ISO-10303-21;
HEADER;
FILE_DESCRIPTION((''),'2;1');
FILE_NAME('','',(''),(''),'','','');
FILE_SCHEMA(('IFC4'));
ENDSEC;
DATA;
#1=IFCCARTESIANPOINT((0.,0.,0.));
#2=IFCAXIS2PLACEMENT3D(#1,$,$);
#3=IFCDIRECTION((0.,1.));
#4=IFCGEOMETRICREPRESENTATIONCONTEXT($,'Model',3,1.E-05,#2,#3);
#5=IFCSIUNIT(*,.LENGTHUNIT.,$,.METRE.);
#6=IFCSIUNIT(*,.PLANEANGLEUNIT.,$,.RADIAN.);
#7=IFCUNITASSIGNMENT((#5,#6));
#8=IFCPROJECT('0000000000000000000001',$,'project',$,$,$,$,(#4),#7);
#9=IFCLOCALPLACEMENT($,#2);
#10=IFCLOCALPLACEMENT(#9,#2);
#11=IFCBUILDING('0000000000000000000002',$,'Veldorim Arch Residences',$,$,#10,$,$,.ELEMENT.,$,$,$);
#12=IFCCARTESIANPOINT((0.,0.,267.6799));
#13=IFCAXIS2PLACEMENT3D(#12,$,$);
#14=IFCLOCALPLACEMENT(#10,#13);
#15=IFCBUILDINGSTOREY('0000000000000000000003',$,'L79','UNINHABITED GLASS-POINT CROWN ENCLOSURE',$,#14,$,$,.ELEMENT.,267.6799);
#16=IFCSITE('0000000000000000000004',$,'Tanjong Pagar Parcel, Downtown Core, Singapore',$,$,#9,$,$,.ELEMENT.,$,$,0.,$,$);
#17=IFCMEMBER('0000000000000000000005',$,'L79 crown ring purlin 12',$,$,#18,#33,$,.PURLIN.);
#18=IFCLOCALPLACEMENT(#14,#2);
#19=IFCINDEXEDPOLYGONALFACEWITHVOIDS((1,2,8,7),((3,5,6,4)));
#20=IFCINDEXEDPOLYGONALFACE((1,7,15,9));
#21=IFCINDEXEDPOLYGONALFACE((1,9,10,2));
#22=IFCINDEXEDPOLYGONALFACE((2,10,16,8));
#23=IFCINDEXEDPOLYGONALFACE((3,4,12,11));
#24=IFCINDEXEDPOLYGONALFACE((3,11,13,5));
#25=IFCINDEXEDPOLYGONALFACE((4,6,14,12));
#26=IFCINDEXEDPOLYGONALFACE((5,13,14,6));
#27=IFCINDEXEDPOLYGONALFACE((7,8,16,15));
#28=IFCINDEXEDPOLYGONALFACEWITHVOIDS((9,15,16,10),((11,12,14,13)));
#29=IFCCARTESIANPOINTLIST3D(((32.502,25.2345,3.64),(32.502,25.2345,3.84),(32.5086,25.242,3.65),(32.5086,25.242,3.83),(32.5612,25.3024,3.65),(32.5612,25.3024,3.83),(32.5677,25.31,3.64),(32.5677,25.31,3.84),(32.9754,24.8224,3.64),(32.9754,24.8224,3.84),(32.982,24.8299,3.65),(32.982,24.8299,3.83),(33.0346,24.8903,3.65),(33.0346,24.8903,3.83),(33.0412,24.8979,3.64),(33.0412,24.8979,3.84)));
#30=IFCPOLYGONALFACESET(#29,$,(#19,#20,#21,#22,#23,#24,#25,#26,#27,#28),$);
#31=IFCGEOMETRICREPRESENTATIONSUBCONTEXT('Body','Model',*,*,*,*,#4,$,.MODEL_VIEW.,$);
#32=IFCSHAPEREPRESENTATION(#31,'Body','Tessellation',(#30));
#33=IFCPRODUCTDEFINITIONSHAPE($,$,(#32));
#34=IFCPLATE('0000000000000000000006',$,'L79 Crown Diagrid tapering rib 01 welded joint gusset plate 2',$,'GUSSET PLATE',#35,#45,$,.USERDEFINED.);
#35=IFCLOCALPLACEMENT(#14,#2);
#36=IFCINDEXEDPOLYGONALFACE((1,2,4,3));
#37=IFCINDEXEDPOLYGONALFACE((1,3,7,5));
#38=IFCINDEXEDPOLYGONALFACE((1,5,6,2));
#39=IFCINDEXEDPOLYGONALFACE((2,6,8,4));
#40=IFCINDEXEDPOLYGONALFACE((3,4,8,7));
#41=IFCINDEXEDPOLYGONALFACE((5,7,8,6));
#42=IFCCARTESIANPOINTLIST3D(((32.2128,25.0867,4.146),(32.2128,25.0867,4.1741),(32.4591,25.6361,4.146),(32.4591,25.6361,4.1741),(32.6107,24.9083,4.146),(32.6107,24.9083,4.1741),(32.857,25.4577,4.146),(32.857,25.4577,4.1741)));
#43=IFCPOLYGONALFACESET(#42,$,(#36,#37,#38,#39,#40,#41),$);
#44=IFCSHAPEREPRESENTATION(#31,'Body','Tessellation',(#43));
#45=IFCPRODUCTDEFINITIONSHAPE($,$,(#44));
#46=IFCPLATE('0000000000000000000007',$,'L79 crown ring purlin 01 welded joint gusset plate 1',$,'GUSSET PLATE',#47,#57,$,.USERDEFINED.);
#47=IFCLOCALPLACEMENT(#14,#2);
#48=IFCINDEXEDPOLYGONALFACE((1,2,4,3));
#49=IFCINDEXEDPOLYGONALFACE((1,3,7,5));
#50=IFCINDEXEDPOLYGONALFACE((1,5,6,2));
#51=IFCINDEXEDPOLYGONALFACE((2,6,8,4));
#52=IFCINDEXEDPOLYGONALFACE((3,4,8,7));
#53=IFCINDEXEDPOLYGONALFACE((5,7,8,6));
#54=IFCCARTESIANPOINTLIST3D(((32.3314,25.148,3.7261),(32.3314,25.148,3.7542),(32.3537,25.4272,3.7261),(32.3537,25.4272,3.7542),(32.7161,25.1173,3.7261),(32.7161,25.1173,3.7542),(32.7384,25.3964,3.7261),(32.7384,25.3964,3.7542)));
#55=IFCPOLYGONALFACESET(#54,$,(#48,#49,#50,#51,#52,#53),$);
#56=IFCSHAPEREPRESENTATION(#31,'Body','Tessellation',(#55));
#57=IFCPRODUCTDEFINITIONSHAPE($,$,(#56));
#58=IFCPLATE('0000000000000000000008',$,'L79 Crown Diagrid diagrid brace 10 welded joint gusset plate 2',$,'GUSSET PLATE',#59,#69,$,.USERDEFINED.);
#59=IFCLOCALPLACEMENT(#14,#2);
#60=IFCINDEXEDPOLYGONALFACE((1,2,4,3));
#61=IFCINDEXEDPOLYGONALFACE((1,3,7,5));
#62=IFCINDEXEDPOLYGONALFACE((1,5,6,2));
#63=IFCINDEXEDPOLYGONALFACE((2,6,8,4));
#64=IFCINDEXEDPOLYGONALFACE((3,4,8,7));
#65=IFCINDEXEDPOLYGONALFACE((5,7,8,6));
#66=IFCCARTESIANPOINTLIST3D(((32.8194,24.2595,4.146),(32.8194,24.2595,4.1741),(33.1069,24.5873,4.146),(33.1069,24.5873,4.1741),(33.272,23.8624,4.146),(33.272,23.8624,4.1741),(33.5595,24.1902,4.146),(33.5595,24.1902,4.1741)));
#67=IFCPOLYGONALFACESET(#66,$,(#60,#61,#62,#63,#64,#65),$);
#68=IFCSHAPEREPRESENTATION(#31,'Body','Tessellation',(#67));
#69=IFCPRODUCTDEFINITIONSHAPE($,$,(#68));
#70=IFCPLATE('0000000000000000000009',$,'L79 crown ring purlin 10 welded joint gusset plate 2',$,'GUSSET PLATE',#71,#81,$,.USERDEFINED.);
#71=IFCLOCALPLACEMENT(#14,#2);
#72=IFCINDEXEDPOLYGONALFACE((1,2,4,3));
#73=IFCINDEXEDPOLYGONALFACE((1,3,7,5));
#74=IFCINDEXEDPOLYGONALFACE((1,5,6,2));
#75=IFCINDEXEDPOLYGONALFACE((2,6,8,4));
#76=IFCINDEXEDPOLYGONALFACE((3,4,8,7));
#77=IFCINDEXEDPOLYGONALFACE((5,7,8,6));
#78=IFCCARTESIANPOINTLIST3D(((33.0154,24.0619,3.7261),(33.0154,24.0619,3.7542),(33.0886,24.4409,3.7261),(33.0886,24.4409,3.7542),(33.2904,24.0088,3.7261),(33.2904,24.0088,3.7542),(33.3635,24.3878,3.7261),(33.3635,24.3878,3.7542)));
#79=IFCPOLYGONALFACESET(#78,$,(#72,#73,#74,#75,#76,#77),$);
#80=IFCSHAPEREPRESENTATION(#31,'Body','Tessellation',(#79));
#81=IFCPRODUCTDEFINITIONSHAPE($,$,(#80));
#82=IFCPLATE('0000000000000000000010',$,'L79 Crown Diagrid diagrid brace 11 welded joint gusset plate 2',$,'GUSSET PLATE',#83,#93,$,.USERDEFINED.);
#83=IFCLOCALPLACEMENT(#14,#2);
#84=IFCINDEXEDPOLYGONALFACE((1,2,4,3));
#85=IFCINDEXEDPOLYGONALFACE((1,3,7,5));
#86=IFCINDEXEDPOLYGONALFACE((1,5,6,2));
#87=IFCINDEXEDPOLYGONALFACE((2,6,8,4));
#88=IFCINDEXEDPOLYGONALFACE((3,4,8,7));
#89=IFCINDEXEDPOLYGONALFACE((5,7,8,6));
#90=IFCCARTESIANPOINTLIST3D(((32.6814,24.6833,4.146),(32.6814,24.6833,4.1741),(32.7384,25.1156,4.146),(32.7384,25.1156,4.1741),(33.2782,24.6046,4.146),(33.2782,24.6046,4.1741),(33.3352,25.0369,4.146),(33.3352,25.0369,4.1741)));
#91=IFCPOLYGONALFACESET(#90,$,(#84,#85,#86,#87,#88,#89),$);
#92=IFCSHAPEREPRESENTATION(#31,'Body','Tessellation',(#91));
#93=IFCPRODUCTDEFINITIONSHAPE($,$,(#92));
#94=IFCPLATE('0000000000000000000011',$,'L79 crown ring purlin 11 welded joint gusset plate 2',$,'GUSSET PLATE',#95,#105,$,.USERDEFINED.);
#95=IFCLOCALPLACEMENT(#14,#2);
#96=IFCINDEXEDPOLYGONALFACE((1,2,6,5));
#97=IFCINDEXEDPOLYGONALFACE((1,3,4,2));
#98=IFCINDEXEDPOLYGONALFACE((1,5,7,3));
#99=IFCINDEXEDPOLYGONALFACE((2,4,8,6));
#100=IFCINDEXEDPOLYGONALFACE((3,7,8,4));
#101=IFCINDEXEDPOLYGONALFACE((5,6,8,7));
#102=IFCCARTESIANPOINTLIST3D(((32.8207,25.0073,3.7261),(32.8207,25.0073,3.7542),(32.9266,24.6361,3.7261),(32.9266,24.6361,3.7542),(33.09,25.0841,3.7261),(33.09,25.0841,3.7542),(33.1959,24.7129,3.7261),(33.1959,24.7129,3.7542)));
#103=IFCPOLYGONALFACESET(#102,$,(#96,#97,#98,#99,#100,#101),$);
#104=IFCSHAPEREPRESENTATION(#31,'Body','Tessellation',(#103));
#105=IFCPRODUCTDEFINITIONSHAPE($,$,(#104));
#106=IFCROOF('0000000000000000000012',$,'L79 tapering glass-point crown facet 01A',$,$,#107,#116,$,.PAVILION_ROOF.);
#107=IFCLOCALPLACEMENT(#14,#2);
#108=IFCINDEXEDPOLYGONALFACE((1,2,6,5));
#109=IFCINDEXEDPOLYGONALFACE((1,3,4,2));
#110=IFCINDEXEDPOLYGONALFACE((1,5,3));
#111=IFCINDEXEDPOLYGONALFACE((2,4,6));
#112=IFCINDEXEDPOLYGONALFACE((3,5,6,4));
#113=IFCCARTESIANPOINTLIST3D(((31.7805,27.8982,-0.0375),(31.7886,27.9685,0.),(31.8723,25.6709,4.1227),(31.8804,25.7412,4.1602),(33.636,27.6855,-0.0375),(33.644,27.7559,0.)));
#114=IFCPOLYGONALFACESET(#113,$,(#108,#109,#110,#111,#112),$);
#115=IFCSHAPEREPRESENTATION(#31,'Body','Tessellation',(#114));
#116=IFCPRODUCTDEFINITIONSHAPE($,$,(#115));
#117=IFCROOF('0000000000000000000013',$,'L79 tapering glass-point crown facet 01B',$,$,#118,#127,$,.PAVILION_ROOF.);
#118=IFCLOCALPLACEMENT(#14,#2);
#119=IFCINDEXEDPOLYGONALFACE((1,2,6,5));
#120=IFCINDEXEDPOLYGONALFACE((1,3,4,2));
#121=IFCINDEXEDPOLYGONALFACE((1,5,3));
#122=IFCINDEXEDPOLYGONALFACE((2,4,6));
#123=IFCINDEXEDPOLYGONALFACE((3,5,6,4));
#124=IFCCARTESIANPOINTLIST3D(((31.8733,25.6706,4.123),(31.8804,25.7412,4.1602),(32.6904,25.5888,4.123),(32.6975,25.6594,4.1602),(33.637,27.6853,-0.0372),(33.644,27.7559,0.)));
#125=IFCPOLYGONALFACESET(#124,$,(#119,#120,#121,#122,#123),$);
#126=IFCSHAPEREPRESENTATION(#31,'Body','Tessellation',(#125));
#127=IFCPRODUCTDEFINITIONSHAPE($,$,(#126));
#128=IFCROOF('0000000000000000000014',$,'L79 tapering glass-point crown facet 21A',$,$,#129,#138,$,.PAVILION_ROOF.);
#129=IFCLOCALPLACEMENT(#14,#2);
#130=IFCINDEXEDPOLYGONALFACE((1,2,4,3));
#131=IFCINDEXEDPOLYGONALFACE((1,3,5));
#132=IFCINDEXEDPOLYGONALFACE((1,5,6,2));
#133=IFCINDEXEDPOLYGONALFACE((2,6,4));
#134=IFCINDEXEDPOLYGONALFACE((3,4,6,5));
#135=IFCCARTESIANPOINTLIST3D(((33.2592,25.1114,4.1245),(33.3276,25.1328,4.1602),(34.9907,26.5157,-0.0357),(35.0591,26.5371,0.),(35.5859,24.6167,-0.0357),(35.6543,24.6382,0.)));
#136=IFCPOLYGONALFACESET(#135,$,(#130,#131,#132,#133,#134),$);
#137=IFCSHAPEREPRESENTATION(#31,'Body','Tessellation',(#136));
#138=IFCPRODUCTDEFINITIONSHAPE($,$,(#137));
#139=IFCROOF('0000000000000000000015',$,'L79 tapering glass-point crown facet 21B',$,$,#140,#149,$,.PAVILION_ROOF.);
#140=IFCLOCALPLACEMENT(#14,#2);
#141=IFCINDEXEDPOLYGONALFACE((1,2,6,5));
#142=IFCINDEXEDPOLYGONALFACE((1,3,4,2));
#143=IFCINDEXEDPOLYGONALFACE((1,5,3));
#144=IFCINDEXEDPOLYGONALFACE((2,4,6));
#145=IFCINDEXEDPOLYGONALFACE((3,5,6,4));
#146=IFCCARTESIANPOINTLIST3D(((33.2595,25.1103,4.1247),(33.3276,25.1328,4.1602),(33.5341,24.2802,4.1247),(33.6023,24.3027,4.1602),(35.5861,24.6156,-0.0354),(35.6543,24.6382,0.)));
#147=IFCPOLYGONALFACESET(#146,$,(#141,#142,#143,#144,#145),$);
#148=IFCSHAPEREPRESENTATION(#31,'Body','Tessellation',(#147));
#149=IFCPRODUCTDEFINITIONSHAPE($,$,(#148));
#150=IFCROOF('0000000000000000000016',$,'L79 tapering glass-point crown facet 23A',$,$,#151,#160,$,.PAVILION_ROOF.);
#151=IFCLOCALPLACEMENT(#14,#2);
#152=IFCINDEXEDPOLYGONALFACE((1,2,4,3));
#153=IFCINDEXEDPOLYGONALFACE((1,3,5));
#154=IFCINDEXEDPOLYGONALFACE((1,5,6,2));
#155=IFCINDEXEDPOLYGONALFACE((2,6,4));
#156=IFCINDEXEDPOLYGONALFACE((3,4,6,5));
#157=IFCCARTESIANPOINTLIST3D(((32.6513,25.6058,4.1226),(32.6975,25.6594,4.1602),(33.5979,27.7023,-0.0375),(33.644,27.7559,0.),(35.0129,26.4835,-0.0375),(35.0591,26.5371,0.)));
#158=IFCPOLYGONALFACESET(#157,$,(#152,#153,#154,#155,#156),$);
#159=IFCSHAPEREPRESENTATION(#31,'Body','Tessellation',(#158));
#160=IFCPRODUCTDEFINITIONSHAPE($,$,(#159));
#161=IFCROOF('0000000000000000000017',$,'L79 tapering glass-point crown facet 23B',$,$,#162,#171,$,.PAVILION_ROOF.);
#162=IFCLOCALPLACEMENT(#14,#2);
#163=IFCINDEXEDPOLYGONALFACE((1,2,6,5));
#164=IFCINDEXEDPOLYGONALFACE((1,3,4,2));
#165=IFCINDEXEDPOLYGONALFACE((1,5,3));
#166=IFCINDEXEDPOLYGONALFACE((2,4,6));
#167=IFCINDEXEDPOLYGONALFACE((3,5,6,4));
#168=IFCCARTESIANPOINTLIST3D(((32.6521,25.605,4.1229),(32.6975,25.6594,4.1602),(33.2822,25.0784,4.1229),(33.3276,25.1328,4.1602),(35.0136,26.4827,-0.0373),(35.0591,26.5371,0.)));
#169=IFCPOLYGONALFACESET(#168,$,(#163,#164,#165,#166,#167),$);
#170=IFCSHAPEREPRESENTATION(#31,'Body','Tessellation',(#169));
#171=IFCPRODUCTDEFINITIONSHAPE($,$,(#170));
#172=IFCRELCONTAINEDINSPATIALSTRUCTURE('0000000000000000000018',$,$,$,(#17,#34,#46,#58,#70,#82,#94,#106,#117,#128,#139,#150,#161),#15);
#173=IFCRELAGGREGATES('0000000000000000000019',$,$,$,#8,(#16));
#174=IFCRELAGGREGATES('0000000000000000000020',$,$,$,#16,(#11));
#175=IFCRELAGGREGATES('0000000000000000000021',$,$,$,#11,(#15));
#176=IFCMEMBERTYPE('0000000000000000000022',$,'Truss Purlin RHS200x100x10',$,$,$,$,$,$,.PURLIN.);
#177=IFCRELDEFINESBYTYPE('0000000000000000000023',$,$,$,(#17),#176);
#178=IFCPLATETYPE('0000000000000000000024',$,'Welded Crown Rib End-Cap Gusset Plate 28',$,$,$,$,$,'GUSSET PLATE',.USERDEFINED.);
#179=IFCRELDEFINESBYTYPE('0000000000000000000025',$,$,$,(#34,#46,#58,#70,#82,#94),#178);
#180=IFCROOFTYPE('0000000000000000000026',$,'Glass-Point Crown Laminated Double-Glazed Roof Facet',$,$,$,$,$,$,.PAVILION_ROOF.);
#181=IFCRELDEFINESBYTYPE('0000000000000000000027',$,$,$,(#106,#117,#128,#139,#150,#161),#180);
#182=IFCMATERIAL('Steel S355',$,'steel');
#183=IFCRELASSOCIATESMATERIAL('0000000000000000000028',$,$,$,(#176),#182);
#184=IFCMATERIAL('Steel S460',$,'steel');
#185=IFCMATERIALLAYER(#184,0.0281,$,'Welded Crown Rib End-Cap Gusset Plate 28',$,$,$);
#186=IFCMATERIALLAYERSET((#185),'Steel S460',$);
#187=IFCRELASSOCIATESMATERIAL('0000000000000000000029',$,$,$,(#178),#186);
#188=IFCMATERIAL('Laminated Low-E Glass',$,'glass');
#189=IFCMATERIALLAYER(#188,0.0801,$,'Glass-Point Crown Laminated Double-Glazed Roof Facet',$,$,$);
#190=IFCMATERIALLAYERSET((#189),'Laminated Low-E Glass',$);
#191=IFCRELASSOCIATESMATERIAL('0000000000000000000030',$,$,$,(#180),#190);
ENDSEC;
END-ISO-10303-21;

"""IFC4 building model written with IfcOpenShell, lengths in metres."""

from ifc_helpers import new_model, si_unit, direction, frame, origin, origin_2d, place, context, subcontext, project, spatial, polyline, rectangle, hollow_rectangle, outline, extrude, material, layer, layer_set, material_profile, profile_set, type_object, element, save


model = new_model("IFC4")

# Units and contexts
model_context = context("Model", 3, precision=1e-05, world=origin(), true_north=direction((0.0, 1.0)))
body_context = subcontext(model_context, "Body", "Model", "MODEL_VIEW")
ifc_project = project(units=[si_unit("LENGTHUNIT", "METRE"), si_unit("PLANEANGLEUNIT", "RADIAN")], contexts=[model_context])

# Site, building, storey
site_placement = place(None, origin())
site = spatial("IfcSite", under=ifc_project, at=site_placement, Name="Tanjong Pagar Parcel, Downtown Core, Singapore", CompositionType="ELEMENT", RefElevation=0.0)
building_placement = place(site_placement, origin())
building = spatial("IfcBuilding", under=site, at=building_placement, Name="Veldorim Arch Residences", CompositionType="ELEMENT")
storey_placement = place(building_placement, frame((0.0, 0.0, 267.6799)))
storey = spatial("IfcBuildingStorey", under=building, at=storey_placement, Name="L79", Description="UNINHABITED GLASS-POINT CROWN ENCLOSURE", CompositionType="ELEMENT", Elevation=267.6799)

# Member
ifc_material_1 = material(Name="Steel S355", Category="steel")
ifc_material_profile_1 = material_profile(ifc_material_1, hollow_rectangle(XDim=0.1001, YDim=0.2, WallThickness=0.01, at=origin_2d()), Name="RHS200x100x10")
ifc_profile_set_1 = profile_set([ifc_material_profile_1], Name="Steel S355")
member_type_1 = type_object("IfcMemberType", Name="Truss Purlin RHS200x100x10", PredefinedType="PURLIN", material=ifc_profile_set_1)
member_1_placement = place(storey_placement, frame((33.0083, 24.8601, 3.74), z_axis=(-0.754237, 0.656602, 0.0), x_axis=(-0.656602, -0.754237, 0.0)))
element("IfcMember", 1, at=member_1_placement, inside=storey, type_object=member_type_1, Name="L79 crown ring purlin 12", PredefinedType="PURLIN", context=body_context, shape_type="SweptSolid", body=[
    extrude(hollow_rectangle(XDim=0.1001, YDim=0.2, WallThickness=0.01, at=origin_2d()), origin(), (0.0, 0.0, 1.0), 0.6277),
])

# Plates
ifc_material_2 = material(Name="Steel S460", Category="steel")
ifc_layer_1 = layer(ifc_material_2, 0.0281, Name="Welded Crown Rib End-Cap Gusset Plate 28")
ifc_layer_set_1 = layer_set([ifc_layer_1], Name="Steel S460")
plate_type = type_object("IfcPlateType", Name="Welded Crown Rib End-Cap Gusset Plate 28", ElementType="GUSSET PLATE", PredefinedType="USERDEFINED", material=ifc_layer_set_1)
plate_1_placement = place(storey_placement, frame((32.5349, 25.2722, 4.146), z_axis=(0.0, 0.0, 1.0), x_axis=(-0.409063, -0.912506, 0.0)))
element("IfcPlate", 2, at=plate_1_placement, inside=storey, type_object=plate_type, Name="L79 Crown Diagrid tapering rib 01 welded joint gusset plate 2", ObjectType="GUSSET PLATE", PredefinedType="USERDEFINED", context=body_context, shape_type="SweptSolid", body=[
    extrude(rectangle(XDim=0.6021, YDim=0.436, at=origin_2d()), origin(), (0.0, 0.0, 1.0), 0.0281),
])
plate_2_placement = place(storey_placement, frame((32.5349, 25.2722, 3.7261), z_axis=(0.0, 0.0, 1.0), x_axis=(-0.996821, 0.079677, 0.0)))
element("IfcPlate", 3, at=plate_2_placement, inside=storey, type_object=plate_type, Name="L79 crown ring purlin 01 welded joint gusset plate 1", ObjectType="GUSSET PLATE", PredefinedType="USERDEFINED", context=body_context, shape_type="SweptSolid", body=[
    extrude(rectangle(XDim=0.386, YDim=0.28, at=origin_2d()), origin(), (0.0, 0.0, 1.0), 0.0281),
])
plate_3_placement = place(storey_placement, frame((33.1895, 24.2249, 4.146), z_axis=(0.0, 0.0, 1.0), x_axis=(-0.751736, 0.659464, 0.0)))
element("IfcPlate", 4, at=plate_3_placement, inside=storey, type_object=plate_type, Name="L79 Crown Diagrid diagrid brace 10 welded joint gusset plate 2", ObjectType="GUSSET PLATE", PredefinedType="USERDEFINED", context=body_context, shape_type="SweptSolid", body=[
    extrude(rectangle(XDim=0.6021, YDim=0.436, at=origin_2d()), origin(), (0.0, 0.0, 1.0), 0.0281),
])
plate_4_placement = place(storey_placement, frame((33.1895, 24.2249, 3.7261), z_axis=(0.0, 0.0, 1.0), x_axis=(0.189524, 0.981876, 0.0)))
element("IfcPlate", 5, at=plate_4_placement, inside=storey, type_object=plate_type, Name="L79 crown ring purlin 10 welded joint gusset plate 2", ObjectType="GUSSET PLATE", PredefinedType="USERDEFINED", context=body_context, shape_type="SweptSolid", body=[
    extrude(rectangle(XDim=0.386, YDim=0.28, at=origin_2d()), origin(), (0.0, 0.0, 1.0), 0.0281),
])
plate_5_placement = place(storey_placement, frame((33.0083, 24.8601, 4.146), z_axis=(0.0, 0.0, 1.0), x_axis=(-0.991422, 0.130699, 0.0)))
element("IfcPlate", 6, at=plate_5_placement, inside=storey, type_object=plate_type, Name="L79 Crown Diagrid diagrid brace 11 welded joint gusset plate 2", ObjectType="GUSSET PLATE", PredefinedType="USERDEFINED", context=body_context, shape_type="SweptSolid", body=[
    extrude(rectangle(XDim=0.6021, YDim=0.436, at=origin_2d()), origin(), (0.0, 0.0, 1.0), 0.0281),
])
plate_6_placement = place(storey_placement, frame((33.0083, 24.8601, 3.7261), z_axis=(0.0, 0.0, 1.0), x_axis=(-0.274379, 0.961622, 0.0)))
element("IfcPlate", 7, at=plate_6_placement, inside=storey, type_object=plate_type, Name="L79 crown ring purlin 11 welded joint gusset plate 2", ObjectType="GUSSET PLATE", PredefinedType="USERDEFINED", context=body_context, shape_type="SweptSolid", body=[
    extrude(rectangle(XDim=0.386, YDim=0.28, at=origin_2d()), origin(), (0.0, 0.0, 1.0), 0.0281),
])

# Roofs
ifc_material_3 = material(Name="Laminated Low-E Glass", Category="glass")
ifc_layer_2 = layer(ifc_material_3, 0.0801, Name="Glass-Point Crown Laminated Double-Glazed Roof Facet")
ifc_layer_set_2 = layer_set([ifc_layer_2], Name="Laminated Low-E Glass")
roof_type = type_object("IfcRoofType", Name="Glass-Point Crown Laminated Double-Glazed Roof Facet", PredefinedType="PAVILION_ROOF", material=ifc_layer_set_2)
roof_1_placement = place(storey_placement, frame((33.644, 27.7559, 0.0), z_axis=(0.100629, 0.878047, 0.467875), x_axis=(-0.993497, 0.11386, 0.0)))
element("IfcRoof", 8, at=roof_1_placement, inside=storey, type_object=roof_type, Name="L79 tapering glass-point crown facet 01A", PredefinedType="PAVILION_ROOF", context=body_context, shape_type="SweptSolid", body=[
    extrude(outline(polyline([(0.0, 0.0), (1.8676, 0.0), (1.5228, 4.7072), (0.0, 0.0)])), origin(), (0.0, 0.0, -1.0), 0.0801),
])
roof_2_placement = place(storey_placement, frame((33.644, 27.7559, 0.0), z_axis=(0.088212, 0.881327, 0.464199), x_axis=(-0.356488, -0.407218, 0.840886)))
element("IfcRoof", 9, at=roof_2_placement, inside=storey, type_object=roof_type, Name="L79 tapering glass-point crown facet 01B", PredefinedType="PAVILION_ROOF", context=body_context, shape_type="SweptSolid", body=[
    extrude(outline(polyline([(0.0, 0.0), (4.9473, 0.0), (4.6894, 0.7796), (0.0, 0.0)])), origin(), (0.0, 0.0, -1.0), 0.0801),
])
roof_3_placement = place(storey_placement, frame((35.6543, 24.6382, 0.0), z_axis=(0.854128, 0.267725, 0.445858), x_axis=(-0.299099, 0.954222, 0.0)))
element("IfcRoof", 10, at=roof_3_placement, inside=storey, type_object=roof_type, Name="L79 tapering glass-point crown facet 21A", PredefinedType="PAVILION_ROOF", context=body_context, shape_type="SweptSolid", body=[
    extrude(outline(polyline([(0.0, 0.0), (1.99, 0.0), (1.1679, 4.6477), (0.0, 0.0)])), origin(), (0.0, 0.0, -1.0), 0.0801),
])
roof_4_placement = place(storey_placement, frame((35.6543, 24.6382, 0.0), z_axis=(0.851315, 0.281685, 0.442625), x_axis=(-0.485513, 0.103216, 0.868115)))
element("IfcRoof", 11, at=roof_4_placement, inside=storey, type_object=roof_type, Name="L79 tapering glass-point crown facet 21B", PredefinedType="PAVILION_ROOF", context=body_context, shape_type="SweptSolid", body=[
    extrude(outline(polyline([(0.0, 0.0), (4.7922, 0.0), (4.5731, 0.8465), (0.0, 0.0)])), origin(), (0.0, 0.0, -1.0), 0.0801),
])
roof_5_placement = place(storey_placement, frame((35.0591, 26.5371, 0.0), z_axis=(0.576543, 0.6694, 0.468509), x_axis=(-0.757704, 0.652598, 0.0)))
element("IfcRoof", 12, at=roof_5_placement, inside=storey, type_object=roof_type, Name="L79 tapering glass-point crown facet 23A", PredefinedType="PAVILION_ROOF", context=body_context, shape_type="SweptSolid", body=[
    extrude(outline(polyline([(0.0, 0.0), (1.8675, 0.0), (1.2166, 4.7089), (0.0, 0.0)])), origin(), (0.0, 0.0, -1.0), 0.0801),
])
roof_6_placement = place(storey_placement, frame((35.0591, 26.5371, 0.0), z_axis=(0.567563, 0.679129, 0.465464), x_axis=(-0.485564, -0.180461, 0.855372)))
element("IfcRoof", 13, at=roof_6_placement, inside=storey, type_object=roof_type, Name="L79 tapering glass-point crown facet 23B", PredefinedType="PAVILION_ROOF", context=body_context, shape_type="SweptSolid", body=[
    extrude(outline(polyline([(0.0, 0.0), (4.8636, 0.0), (4.6526, 0.7937), (0.0, 0.0)])), origin(), (0.0, 0.0, -1.0), 0.0801),
])

save(model, "model.ifc")
